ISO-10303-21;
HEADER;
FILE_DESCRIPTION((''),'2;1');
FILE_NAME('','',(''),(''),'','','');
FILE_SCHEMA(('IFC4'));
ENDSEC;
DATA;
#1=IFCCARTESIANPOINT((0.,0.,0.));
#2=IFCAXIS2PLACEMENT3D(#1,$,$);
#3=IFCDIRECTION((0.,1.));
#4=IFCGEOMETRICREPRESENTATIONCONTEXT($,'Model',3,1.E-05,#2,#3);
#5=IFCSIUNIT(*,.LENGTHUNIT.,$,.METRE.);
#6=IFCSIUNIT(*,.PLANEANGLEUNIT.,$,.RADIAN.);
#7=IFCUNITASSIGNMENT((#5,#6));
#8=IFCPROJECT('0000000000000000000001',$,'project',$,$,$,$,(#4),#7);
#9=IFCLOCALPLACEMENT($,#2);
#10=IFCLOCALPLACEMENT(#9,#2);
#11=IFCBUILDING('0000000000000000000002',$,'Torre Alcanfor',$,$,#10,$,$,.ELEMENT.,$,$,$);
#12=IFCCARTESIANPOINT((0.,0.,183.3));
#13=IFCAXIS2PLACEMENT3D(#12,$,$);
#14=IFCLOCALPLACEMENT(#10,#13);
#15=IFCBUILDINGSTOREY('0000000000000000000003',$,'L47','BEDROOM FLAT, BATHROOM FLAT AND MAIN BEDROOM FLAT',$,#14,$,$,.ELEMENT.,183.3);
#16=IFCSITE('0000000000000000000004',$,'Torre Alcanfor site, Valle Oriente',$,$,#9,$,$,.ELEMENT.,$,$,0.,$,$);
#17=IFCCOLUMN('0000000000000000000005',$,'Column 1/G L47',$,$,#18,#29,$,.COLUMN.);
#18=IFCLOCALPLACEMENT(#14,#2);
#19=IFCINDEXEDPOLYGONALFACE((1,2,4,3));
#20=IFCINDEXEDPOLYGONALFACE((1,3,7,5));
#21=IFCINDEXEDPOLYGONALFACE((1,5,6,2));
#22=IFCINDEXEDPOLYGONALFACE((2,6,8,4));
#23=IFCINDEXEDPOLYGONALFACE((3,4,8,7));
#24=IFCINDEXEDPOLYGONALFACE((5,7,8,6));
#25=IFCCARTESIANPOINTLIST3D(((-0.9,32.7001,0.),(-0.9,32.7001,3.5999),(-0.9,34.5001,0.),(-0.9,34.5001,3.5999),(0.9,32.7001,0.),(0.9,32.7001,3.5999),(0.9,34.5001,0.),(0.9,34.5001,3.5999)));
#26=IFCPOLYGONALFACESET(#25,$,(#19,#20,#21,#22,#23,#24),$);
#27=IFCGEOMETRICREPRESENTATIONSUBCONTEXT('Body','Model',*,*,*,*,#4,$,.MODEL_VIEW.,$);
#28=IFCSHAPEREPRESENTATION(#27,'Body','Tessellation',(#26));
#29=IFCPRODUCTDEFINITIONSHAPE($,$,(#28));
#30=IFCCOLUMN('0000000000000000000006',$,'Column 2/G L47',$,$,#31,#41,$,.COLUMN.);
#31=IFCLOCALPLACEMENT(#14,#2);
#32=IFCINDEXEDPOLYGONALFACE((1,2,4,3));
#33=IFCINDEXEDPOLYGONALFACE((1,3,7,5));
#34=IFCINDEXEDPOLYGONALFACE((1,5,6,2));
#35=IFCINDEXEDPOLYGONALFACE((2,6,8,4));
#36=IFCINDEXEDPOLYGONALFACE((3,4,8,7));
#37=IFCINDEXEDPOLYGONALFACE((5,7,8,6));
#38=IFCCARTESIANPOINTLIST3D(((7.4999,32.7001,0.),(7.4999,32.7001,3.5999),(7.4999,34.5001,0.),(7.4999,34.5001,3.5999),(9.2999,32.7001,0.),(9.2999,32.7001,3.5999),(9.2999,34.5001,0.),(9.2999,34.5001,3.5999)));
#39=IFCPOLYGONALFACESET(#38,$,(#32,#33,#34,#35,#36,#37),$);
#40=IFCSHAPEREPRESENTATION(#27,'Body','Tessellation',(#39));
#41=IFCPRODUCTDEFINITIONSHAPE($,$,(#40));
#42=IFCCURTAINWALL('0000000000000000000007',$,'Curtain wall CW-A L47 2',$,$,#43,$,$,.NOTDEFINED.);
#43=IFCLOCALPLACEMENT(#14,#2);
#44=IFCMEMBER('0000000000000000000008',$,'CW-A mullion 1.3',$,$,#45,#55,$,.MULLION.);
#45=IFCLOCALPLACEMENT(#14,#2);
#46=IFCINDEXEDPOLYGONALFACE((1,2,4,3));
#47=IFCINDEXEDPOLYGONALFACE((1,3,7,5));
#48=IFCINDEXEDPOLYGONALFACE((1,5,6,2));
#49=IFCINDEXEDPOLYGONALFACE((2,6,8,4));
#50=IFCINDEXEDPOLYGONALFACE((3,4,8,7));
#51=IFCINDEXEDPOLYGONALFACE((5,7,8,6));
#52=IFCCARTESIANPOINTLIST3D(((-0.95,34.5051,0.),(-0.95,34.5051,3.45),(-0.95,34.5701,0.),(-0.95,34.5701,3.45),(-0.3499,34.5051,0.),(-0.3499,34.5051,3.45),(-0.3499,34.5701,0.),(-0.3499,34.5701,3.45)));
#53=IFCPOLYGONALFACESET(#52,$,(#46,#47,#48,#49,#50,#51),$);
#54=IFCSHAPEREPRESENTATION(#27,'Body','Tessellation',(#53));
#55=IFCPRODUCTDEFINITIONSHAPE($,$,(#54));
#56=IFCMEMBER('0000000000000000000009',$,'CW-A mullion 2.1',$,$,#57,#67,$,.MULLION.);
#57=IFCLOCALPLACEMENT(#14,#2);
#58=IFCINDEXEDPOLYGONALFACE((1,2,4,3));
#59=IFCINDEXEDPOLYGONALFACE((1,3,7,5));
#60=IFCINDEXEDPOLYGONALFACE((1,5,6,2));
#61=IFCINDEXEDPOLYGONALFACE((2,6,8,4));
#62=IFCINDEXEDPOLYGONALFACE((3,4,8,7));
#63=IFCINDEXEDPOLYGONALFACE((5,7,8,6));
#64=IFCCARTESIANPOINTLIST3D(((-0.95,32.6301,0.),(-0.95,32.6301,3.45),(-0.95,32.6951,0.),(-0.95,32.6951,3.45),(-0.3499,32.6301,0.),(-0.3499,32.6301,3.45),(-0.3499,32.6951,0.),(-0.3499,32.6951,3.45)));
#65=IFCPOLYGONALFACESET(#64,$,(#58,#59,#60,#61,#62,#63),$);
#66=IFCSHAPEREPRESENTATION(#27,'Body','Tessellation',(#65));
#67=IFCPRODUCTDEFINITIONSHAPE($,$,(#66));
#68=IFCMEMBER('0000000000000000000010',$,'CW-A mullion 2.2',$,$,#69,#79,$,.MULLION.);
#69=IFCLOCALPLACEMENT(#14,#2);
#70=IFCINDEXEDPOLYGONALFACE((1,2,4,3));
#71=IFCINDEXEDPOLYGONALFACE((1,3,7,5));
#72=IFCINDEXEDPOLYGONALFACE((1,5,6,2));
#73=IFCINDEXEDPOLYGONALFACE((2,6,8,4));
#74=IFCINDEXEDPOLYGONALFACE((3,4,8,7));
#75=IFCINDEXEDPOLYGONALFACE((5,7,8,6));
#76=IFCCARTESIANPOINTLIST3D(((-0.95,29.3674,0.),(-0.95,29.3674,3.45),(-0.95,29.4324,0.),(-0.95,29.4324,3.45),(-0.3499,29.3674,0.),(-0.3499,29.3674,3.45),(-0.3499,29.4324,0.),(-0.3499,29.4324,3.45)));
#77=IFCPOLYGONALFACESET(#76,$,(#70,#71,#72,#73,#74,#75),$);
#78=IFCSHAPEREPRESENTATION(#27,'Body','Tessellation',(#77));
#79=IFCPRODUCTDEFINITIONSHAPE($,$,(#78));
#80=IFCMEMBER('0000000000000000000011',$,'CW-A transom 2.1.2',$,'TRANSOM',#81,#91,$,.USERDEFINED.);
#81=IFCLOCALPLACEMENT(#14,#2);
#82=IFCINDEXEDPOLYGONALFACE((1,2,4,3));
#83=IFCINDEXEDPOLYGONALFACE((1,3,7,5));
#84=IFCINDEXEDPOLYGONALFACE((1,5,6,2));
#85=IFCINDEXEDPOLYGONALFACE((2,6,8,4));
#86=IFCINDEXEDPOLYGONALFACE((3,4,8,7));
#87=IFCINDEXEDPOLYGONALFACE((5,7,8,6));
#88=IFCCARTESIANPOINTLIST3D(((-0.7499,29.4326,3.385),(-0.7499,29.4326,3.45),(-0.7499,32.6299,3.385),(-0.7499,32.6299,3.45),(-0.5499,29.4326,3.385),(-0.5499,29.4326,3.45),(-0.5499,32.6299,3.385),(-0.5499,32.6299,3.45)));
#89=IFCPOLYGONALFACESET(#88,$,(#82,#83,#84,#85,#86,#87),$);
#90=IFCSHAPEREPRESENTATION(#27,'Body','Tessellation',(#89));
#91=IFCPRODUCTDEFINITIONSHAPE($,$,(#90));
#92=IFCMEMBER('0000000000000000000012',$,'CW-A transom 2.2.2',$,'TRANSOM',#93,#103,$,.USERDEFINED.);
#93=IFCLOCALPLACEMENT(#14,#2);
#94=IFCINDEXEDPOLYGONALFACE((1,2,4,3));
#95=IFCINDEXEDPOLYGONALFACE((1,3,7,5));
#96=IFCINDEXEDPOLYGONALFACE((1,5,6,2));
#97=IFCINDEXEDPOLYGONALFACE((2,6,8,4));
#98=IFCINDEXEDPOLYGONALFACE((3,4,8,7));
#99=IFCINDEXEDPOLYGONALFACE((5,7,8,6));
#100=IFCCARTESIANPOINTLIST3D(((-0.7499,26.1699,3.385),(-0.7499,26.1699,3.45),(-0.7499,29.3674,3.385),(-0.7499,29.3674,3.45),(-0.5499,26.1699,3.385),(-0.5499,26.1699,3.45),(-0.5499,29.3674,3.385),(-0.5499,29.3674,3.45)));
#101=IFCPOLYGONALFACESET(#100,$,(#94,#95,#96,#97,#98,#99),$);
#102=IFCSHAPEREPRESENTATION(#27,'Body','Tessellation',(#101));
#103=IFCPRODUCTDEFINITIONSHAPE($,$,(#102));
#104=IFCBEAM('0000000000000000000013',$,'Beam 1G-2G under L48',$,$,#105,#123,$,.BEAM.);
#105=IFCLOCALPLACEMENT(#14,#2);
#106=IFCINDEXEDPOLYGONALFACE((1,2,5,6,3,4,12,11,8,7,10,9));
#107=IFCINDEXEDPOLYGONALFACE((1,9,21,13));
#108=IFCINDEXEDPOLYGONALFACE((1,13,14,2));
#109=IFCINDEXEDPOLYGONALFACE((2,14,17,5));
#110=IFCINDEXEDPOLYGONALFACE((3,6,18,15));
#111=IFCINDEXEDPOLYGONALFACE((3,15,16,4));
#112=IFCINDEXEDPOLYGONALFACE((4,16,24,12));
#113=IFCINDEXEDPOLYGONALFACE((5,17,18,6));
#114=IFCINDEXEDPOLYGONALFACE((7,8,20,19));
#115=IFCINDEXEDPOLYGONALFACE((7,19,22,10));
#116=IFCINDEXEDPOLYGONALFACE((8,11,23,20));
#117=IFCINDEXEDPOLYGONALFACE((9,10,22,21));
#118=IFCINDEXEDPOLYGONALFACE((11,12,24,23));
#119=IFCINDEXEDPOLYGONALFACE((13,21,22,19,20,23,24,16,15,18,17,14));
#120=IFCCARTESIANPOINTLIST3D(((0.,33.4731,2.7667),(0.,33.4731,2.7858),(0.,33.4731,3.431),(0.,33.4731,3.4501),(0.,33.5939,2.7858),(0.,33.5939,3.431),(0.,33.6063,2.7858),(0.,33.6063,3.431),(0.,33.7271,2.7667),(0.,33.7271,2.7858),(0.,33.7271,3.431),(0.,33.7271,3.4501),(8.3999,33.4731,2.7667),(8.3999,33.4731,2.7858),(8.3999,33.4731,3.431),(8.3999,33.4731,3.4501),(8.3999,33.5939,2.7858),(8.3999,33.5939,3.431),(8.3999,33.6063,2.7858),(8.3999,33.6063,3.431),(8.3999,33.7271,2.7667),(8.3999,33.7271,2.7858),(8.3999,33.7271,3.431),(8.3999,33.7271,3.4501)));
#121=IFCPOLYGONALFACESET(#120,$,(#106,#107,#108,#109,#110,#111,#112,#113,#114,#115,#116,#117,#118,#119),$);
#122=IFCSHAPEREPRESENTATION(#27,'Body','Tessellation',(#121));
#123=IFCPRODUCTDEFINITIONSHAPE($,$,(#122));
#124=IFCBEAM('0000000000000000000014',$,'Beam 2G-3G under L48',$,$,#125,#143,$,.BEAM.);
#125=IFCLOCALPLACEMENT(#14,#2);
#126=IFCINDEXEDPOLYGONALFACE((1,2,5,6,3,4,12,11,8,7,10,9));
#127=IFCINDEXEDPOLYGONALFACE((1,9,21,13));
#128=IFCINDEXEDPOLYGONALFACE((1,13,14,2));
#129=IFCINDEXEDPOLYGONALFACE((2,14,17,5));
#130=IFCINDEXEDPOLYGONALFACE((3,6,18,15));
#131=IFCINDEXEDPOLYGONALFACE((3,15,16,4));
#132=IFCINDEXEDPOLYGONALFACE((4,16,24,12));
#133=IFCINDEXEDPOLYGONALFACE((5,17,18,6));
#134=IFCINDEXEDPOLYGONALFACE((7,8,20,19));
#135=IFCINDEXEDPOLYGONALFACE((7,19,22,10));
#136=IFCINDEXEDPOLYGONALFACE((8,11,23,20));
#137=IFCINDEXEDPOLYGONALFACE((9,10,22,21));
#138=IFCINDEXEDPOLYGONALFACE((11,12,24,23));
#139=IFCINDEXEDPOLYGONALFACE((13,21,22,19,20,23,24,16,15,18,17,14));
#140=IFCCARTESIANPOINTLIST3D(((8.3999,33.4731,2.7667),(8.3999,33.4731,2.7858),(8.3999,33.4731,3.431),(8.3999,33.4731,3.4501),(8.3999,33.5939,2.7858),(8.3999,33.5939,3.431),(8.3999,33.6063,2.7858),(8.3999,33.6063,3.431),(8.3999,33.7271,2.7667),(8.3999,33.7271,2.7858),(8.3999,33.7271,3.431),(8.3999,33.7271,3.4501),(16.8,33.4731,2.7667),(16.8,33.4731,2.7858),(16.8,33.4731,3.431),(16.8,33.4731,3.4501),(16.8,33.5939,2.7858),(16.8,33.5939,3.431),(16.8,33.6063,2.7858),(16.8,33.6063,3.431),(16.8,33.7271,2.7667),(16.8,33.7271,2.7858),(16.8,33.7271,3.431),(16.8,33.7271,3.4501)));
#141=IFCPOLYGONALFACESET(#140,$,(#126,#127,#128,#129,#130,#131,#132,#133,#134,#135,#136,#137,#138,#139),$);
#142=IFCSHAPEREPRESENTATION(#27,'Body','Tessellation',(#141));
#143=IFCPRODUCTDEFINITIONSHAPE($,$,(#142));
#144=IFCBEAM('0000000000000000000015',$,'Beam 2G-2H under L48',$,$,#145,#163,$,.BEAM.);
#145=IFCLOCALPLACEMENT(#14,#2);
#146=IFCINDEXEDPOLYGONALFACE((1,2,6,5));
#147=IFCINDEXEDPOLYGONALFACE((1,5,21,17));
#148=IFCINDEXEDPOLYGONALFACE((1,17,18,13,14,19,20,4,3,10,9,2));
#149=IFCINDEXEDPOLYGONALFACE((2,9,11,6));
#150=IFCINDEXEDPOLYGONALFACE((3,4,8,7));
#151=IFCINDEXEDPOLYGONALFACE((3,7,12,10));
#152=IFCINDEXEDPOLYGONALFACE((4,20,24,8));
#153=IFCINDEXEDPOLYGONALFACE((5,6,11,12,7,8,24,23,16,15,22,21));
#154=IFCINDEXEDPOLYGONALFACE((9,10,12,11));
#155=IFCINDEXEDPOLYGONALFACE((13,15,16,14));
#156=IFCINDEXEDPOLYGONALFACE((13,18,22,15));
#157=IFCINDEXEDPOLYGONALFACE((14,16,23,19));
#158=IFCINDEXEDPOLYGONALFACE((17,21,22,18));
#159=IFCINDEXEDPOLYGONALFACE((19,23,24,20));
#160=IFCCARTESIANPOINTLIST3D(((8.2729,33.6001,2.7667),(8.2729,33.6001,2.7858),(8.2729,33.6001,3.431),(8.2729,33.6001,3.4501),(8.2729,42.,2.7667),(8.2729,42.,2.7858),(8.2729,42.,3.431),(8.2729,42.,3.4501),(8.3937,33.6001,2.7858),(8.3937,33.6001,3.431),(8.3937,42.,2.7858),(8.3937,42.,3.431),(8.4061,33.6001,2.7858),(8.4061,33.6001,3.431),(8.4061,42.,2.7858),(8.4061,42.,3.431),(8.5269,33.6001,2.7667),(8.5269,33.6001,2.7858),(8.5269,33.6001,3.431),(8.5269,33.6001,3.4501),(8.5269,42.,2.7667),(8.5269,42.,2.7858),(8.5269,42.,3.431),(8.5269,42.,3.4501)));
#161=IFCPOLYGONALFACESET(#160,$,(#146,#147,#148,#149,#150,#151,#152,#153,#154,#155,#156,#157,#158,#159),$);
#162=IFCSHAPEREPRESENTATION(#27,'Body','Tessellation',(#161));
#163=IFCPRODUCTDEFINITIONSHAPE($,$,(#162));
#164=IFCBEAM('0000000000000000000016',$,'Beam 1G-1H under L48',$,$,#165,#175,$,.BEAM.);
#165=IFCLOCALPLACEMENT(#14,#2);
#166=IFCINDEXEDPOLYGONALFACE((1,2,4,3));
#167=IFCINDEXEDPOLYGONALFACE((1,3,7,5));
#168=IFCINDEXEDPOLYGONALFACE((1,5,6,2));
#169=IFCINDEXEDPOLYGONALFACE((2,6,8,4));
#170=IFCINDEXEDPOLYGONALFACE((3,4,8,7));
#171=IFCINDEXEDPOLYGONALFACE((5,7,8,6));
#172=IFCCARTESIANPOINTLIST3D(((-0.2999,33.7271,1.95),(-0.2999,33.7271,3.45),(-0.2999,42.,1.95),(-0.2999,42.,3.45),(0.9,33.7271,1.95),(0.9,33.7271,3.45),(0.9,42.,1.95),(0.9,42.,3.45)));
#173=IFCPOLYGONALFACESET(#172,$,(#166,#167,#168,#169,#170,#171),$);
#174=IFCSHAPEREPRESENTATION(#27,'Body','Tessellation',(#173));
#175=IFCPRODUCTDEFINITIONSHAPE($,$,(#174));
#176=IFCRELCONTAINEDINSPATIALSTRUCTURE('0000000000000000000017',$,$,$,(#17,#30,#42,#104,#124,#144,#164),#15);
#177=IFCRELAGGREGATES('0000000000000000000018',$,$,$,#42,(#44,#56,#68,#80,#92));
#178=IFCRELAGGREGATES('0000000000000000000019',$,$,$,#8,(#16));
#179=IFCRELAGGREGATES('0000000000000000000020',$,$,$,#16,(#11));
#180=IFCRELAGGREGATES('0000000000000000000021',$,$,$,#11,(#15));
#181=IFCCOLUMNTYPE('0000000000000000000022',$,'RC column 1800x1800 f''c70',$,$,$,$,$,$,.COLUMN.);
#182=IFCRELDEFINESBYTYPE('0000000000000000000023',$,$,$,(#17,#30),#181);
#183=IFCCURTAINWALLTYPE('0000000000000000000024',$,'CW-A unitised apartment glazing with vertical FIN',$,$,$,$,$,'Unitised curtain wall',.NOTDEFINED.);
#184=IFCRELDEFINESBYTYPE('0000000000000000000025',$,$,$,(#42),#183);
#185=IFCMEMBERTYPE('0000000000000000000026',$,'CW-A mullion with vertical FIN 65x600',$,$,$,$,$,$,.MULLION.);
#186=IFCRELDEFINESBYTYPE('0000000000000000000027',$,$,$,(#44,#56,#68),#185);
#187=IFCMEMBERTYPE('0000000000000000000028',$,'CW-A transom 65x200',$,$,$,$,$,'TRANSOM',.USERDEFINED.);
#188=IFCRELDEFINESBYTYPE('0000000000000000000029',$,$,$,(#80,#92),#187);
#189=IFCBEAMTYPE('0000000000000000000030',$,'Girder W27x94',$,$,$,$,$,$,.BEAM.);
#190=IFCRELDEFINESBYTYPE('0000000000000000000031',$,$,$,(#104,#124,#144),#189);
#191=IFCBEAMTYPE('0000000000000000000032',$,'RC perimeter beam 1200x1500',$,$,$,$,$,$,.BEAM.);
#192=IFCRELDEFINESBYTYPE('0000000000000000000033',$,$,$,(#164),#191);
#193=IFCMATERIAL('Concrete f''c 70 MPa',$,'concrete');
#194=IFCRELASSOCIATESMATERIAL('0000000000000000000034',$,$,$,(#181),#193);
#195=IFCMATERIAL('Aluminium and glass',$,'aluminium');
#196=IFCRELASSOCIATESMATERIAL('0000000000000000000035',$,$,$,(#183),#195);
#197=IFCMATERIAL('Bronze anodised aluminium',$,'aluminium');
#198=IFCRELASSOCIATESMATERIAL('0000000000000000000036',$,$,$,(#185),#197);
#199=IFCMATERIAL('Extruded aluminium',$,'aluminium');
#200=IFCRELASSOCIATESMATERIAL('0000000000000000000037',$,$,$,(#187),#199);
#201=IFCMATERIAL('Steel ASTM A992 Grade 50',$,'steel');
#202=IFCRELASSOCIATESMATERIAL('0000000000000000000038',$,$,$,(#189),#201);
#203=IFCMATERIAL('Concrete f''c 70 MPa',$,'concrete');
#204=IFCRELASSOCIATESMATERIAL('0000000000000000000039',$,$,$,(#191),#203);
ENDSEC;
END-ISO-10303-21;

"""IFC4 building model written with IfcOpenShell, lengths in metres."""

from ifc_helpers import new_model, si_unit, direction, frame, origin, origin_2d, place, context, subcontext, project, spatial, rectangle, i_section, extrude, material, material_profile, profile_set, type_object, element, aggregate, save


model = new_model("IFC4")

# Units and contexts
model_context = context("Model", 3, precision=1e-05, world=origin(), true_north=direction((0.0, 1.0)))
body_context = subcontext(model_context, "Body", "Model", "MODEL_VIEW")
ifc_project = project(units=[si_unit("LENGTHUNIT", "METRE"), si_unit("PLANEANGLEUNIT", "RADIAN")], contexts=[model_context])

# Site, building, storey
site_placement = place(None, origin())
site = spatial("IfcSite", under=ifc_project, at=site_placement, Name="Torre Alcanfor site, Valle Oriente", CompositionType="ELEMENT", RefElevation=0.0)
building_placement = place(site_placement, origin())
building = spatial("IfcBuilding", under=site, at=building_placement, Name="Torre Alcanfor", CompositionType="ELEMENT")
storey_placement = place(building_placement, frame((0.0, 0.0, 183.3)))
storey = spatial("IfcBuildingStorey", under=building, at=storey_placement, Name="L47", Description="BEDROOM FLAT, BATHROOM FLAT AND MAIN BEDROOM FLAT", CompositionType="ELEMENT", Elevation=183.3)

# Columns
ifc_material_1 = material(Name="Concrete f'c 70 MPa", Category="concrete")
ifc_material_profile_1 = material_profile(ifc_material_1, rectangle(XDim=1.8, YDim=1.8, at=origin_2d()), Name="1800x1800")
ifc_profile_set_1 = profile_set([ifc_material_profile_1], Name="Concrete f'c 70 MPa")
column_type = type_object("IfcColumnType", Name="RC column 1800x1800 f'c70", PredefinedType="COLUMN", material=ifc_profile_set_1)
for number, where, z_axis, x_axis, name in (
    (1, (0.0, 33.6001, 0.0), (0.0, 0.0, 1.0), (1.0, 0.0, 0.0), "Column 1/G L47"),
    (2, (8.3999, 33.6001, 0.0), (0.0, 0.0, 1.0), (1.0, 0.0, 0.0), "Column 2/G L47"),
):
    element("IfcColumn", number, at=place(storey_placement, frame(where, z_axis=z_axis, x_axis=x_axis)), inside=storey, type_object=column_type, Name=name, PredefinedType="COLUMN", context=body_context, shape_type="SweptSolid", body=[
        extrude(rectangle(XDim=1.8, YDim=1.8, at=origin_2d()), origin(), (0.0, 0.0, 1.0), 3.5999),
    ])

# Curtain wall, members
ifc_material_2 = material(Name="Aluminium and glass", Category="aluminium")
curtain_wall_type = type_object("IfcCurtainWallType", Name="CW-A unitised apartment glazing with vertical FIN", ElementType="Unitised curtain wall", PredefinedType="NOTDEFINED", material=ifc_material_2)
curtain_wall_placement = place(storey_placement, origin())
curtain_wall = element("IfcCurtainWall", 3, at=curtain_wall_placement, inside=storey, type_object=curtain_wall_type, Name="Curtain wall CW-A L47 2", PredefinedType="NOTDEFINED")
ifc_material_3 = material(Name="Bronze anodised aluminium", Category="aluminium")
ifc_material_profile_2 = material_profile(ifc_material_3, rectangle(XDim=0.6001, YDim=0.0649, at=origin_2d()), Name="CW-A mullion 65x600")
ifc_profile_set_2 = profile_set([ifc_material_profile_2], Name="Bronze anodised aluminium")
member_type_1 = type_object("IfcMemberType", Name="CW-A mullion with vertical FIN 65x600", PredefinedType="MULLION", material=ifc_profile_set_2)
member_1_placement = place(storey_placement, frame((-0.6499, 34.5376, 0.0), z_axis=(0.0, 0.0, 1.0), x_axis=(1.0, 0.0, 0.0)))
member_1 = element("IfcMember", 4, at=member_1_placement, type_object=member_type_1, Name="CW-A mullion 1.3", PredefinedType="MULLION", context=body_context, shape_type="SweptSolid", body=[
    extrude(rectangle(XDim=0.6001, YDim=0.0649, at=origin_2d()), origin(), (0.0, 0.0, 1.0), 3.45),
])
member_2_placement = place(storey_placement, frame((-0.6499, 32.6626, 0.0), z_axis=(0.0, 0.0, 1.0), x_axis=(1.0, 0.0, 0.0)))
member_2 = element("IfcMember", 5, at=member_2_placement, type_object=member_type_1, Name="CW-A mullion 2.1", PredefinedType="MULLION", context=body_context, shape_type="SweptSolid", body=[
    extrude(rectangle(XDim=0.6001, YDim=0.0649, at=origin_2d()), origin(), (0.0, 0.0, 1.0), 3.45),
])
member_3_placement = place(storey_placement, frame((-0.6499, 29.3999, 0.0), z_axis=(0.0, 0.0, 1.0), x_axis=(1.0, 0.0, 0.0)))
member_3 = element("IfcMember", 6, at=member_3_placement, type_object=member_type_1, Name="CW-A mullion 2.2", PredefinedType="MULLION", context=body_context, shape_type="SweptSolid", body=[
    extrude(rectangle(XDim=0.6001, YDim=0.0649, at=origin_2d()), origin(), (0.0, 0.0, 1.0), 3.45),
])
ifc_material_4 = material(Name="Extruded aluminium", Category="aluminium")
ifc_material_profile_3 = material_profile(ifc_material_4, rectangle(XDim=0.2, YDim=0.0649, at=origin_2d()), Name="CW-A transom 200x65")
ifc_profile_set_3 = profile_set([ifc_material_profile_3], Name="Extruded aluminium")
member_type_2 = type_object("IfcMemberType", Name="CW-A transom 65x200", ElementType="TRANSOM", PredefinedType="USERDEFINED", material=ifc_profile_set_3)
member_4_placement = place(storey_placement, frame((-0.6499, 32.6299, 3.4175), z_axis=(0.0, -1.0, 0.0), x_axis=(1.0, 0.0, 0.0)))
member_4 = element("IfcMember", 7, at=member_4_placement, type_object=member_type_2, Name="CW-A transom 2.1.2", ObjectType="TRANSOM", PredefinedType="USERDEFINED", context=body_context, shape_type="SweptSolid", body=[
    extrude(rectangle(XDim=0.2, YDim=0.0649, at=origin_2d()), origin(), (0.0, 0.0, 1.0), 3.1973),
])
member_5_placement = place(storey_placement, frame((-0.6499, 29.3674, 3.4175), z_axis=(0.0, -1.0, 0.0), x_axis=(1.0, 0.0, 0.0)))
member_5 = element("IfcMember", 8, at=member_5_placement, type_object=member_type_2, Name="CW-A transom 2.2.2", ObjectType="TRANSOM", PredefinedType="USERDEFINED", context=body_context, shape_type="SweptSolid", body=[
    extrude(rectangle(XDim=0.2, YDim=0.0649, at=origin_2d()), origin(), (0.0, 0.0, 1.0), 3.1975),
])

# Beams
ifc_material_5 = material(Name="Steel ASTM A992 Grade 50", Category="steel")
ifc_material_profile_4 = material_profile(ifc_material_5, i_section(OverallWidth=0.2539, OverallDepth=0.6833, WebThickness=0.0125, FlangeThickness=0.019, at=origin_2d()), Name="W27x94")
ifc_profile_set_4 = profile_set([ifc_material_profile_4], Name="Steel ASTM A992 Grade 50")
beam_type_1 = type_object("IfcBeamType", Name="Girder W27x94", PredefinedType="BEAM", material=ifc_profile_set_4)
beam_1_placement = place(storey_placement, frame((0.0, 33.6001, 3.1084), z_axis=(1.0, 0.0, 0.0), x_axis=(0.0, 1.0, 0.0)))
element("IfcBeam", 9, at=beam_1_placement, inside=storey, type_object=beam_type_1, Name="Beam 1G-2G under L48", PredefinedType="BEAM", context=body_context, shape_type="SweptSolid", body=[
    extrude(i_section(OverallWidth=0.2539, OverallDepth=0.6833, WebThickness=0.0125, FlangeThickness=0.019, at=origin_2d()), origin(), (0.0, 0.0, 1.0), 8.3999),
])
beam_2_placement = place(storey_placement, frame((8.3999, 33.6001, 3.1084), z_axis=(1.0, 0.0, 0.0), x_axis=(0.0, 1.0, 0.0)))
element("IfcBeam", 10, at=beam_2_placement, inside=storey, type_object=beam_type_1, Name="Beam 2G-3G under L48", PredefinedType="BEAM", context=body_context, shape_type="SweptSolid", body=[
    extrude(i_section(OverallWidth=0.2539, OverallDepth=0.6833, WebThickness=0.0125, FlangeThickness=0.019, at=origin_2d()), origin(), (0.0, 0.0, 1.0), 8.4001),
])
beam_3_placement = place(storey_placement, frame((8.3999, 33.6001, 3.1084), z_axis=(0.0, 1.0, 0.0), x_axis=(-1.0, 0.0, 0.0)))
element("IfcBeam", 11, at=beam_3_placement, inside=storey, type_object=beam_type_1, Name="Beam 2G-2H under L48", PredefinedType="BEAM", context=body_context, shape_type="SweptSolid", body=[
    extrude(i_section(OverallWidth=0.2539, OverallDepth=0.6833, WebThickness=0.0125, FlangeThickness=0.019, at=origin_2d()), origin(), (0.0, 0.0, 1.0), 8.3999),
])
ifc_material_6 = material(Name="Concrete f'c 70 MPa", Category="concrete")
ifc_material_profile_5 = material_profile(ifc_material_6, rectangle(XDim=1.2, YDim=1.5, at=origin_2d()), Name="1200x1500")
ifc_profile_set_5 = profile_set([ifc_material_profile_5], Name="Concrete f'c 70 MPa")
beam_type_2 = type_object("IfcBeamType", Name="RC perimeter beam 1200x1500", PredefinedType="BEAM", material=ifc_profile_set_5)
beam_4_placement = place(storey_placement, frame((0.3, 33.7271, 2.7), z_axis=(0.0, 1.0, 0.0), x_axis=(-1.0, 0.0, 0.0)))
element("IfcBeam", 12, at=beam_4_placement, inside=storey, type_object=beam_type_2, Name="Beam 1G-1H under L48", PredefinedType="BEAM", context=body_context, shape_type="SweptSolid", body=[
    extrude(rectangle(XDim=1.2, YDim=1.5, at=origin_2d()), origin(), (0.0, 0.0, 1.0), 8.2729),
])

aggregate(curtain_wall, [member_1, member_2, member_3, member_4, member_5])

save(model, "model.ifc")
